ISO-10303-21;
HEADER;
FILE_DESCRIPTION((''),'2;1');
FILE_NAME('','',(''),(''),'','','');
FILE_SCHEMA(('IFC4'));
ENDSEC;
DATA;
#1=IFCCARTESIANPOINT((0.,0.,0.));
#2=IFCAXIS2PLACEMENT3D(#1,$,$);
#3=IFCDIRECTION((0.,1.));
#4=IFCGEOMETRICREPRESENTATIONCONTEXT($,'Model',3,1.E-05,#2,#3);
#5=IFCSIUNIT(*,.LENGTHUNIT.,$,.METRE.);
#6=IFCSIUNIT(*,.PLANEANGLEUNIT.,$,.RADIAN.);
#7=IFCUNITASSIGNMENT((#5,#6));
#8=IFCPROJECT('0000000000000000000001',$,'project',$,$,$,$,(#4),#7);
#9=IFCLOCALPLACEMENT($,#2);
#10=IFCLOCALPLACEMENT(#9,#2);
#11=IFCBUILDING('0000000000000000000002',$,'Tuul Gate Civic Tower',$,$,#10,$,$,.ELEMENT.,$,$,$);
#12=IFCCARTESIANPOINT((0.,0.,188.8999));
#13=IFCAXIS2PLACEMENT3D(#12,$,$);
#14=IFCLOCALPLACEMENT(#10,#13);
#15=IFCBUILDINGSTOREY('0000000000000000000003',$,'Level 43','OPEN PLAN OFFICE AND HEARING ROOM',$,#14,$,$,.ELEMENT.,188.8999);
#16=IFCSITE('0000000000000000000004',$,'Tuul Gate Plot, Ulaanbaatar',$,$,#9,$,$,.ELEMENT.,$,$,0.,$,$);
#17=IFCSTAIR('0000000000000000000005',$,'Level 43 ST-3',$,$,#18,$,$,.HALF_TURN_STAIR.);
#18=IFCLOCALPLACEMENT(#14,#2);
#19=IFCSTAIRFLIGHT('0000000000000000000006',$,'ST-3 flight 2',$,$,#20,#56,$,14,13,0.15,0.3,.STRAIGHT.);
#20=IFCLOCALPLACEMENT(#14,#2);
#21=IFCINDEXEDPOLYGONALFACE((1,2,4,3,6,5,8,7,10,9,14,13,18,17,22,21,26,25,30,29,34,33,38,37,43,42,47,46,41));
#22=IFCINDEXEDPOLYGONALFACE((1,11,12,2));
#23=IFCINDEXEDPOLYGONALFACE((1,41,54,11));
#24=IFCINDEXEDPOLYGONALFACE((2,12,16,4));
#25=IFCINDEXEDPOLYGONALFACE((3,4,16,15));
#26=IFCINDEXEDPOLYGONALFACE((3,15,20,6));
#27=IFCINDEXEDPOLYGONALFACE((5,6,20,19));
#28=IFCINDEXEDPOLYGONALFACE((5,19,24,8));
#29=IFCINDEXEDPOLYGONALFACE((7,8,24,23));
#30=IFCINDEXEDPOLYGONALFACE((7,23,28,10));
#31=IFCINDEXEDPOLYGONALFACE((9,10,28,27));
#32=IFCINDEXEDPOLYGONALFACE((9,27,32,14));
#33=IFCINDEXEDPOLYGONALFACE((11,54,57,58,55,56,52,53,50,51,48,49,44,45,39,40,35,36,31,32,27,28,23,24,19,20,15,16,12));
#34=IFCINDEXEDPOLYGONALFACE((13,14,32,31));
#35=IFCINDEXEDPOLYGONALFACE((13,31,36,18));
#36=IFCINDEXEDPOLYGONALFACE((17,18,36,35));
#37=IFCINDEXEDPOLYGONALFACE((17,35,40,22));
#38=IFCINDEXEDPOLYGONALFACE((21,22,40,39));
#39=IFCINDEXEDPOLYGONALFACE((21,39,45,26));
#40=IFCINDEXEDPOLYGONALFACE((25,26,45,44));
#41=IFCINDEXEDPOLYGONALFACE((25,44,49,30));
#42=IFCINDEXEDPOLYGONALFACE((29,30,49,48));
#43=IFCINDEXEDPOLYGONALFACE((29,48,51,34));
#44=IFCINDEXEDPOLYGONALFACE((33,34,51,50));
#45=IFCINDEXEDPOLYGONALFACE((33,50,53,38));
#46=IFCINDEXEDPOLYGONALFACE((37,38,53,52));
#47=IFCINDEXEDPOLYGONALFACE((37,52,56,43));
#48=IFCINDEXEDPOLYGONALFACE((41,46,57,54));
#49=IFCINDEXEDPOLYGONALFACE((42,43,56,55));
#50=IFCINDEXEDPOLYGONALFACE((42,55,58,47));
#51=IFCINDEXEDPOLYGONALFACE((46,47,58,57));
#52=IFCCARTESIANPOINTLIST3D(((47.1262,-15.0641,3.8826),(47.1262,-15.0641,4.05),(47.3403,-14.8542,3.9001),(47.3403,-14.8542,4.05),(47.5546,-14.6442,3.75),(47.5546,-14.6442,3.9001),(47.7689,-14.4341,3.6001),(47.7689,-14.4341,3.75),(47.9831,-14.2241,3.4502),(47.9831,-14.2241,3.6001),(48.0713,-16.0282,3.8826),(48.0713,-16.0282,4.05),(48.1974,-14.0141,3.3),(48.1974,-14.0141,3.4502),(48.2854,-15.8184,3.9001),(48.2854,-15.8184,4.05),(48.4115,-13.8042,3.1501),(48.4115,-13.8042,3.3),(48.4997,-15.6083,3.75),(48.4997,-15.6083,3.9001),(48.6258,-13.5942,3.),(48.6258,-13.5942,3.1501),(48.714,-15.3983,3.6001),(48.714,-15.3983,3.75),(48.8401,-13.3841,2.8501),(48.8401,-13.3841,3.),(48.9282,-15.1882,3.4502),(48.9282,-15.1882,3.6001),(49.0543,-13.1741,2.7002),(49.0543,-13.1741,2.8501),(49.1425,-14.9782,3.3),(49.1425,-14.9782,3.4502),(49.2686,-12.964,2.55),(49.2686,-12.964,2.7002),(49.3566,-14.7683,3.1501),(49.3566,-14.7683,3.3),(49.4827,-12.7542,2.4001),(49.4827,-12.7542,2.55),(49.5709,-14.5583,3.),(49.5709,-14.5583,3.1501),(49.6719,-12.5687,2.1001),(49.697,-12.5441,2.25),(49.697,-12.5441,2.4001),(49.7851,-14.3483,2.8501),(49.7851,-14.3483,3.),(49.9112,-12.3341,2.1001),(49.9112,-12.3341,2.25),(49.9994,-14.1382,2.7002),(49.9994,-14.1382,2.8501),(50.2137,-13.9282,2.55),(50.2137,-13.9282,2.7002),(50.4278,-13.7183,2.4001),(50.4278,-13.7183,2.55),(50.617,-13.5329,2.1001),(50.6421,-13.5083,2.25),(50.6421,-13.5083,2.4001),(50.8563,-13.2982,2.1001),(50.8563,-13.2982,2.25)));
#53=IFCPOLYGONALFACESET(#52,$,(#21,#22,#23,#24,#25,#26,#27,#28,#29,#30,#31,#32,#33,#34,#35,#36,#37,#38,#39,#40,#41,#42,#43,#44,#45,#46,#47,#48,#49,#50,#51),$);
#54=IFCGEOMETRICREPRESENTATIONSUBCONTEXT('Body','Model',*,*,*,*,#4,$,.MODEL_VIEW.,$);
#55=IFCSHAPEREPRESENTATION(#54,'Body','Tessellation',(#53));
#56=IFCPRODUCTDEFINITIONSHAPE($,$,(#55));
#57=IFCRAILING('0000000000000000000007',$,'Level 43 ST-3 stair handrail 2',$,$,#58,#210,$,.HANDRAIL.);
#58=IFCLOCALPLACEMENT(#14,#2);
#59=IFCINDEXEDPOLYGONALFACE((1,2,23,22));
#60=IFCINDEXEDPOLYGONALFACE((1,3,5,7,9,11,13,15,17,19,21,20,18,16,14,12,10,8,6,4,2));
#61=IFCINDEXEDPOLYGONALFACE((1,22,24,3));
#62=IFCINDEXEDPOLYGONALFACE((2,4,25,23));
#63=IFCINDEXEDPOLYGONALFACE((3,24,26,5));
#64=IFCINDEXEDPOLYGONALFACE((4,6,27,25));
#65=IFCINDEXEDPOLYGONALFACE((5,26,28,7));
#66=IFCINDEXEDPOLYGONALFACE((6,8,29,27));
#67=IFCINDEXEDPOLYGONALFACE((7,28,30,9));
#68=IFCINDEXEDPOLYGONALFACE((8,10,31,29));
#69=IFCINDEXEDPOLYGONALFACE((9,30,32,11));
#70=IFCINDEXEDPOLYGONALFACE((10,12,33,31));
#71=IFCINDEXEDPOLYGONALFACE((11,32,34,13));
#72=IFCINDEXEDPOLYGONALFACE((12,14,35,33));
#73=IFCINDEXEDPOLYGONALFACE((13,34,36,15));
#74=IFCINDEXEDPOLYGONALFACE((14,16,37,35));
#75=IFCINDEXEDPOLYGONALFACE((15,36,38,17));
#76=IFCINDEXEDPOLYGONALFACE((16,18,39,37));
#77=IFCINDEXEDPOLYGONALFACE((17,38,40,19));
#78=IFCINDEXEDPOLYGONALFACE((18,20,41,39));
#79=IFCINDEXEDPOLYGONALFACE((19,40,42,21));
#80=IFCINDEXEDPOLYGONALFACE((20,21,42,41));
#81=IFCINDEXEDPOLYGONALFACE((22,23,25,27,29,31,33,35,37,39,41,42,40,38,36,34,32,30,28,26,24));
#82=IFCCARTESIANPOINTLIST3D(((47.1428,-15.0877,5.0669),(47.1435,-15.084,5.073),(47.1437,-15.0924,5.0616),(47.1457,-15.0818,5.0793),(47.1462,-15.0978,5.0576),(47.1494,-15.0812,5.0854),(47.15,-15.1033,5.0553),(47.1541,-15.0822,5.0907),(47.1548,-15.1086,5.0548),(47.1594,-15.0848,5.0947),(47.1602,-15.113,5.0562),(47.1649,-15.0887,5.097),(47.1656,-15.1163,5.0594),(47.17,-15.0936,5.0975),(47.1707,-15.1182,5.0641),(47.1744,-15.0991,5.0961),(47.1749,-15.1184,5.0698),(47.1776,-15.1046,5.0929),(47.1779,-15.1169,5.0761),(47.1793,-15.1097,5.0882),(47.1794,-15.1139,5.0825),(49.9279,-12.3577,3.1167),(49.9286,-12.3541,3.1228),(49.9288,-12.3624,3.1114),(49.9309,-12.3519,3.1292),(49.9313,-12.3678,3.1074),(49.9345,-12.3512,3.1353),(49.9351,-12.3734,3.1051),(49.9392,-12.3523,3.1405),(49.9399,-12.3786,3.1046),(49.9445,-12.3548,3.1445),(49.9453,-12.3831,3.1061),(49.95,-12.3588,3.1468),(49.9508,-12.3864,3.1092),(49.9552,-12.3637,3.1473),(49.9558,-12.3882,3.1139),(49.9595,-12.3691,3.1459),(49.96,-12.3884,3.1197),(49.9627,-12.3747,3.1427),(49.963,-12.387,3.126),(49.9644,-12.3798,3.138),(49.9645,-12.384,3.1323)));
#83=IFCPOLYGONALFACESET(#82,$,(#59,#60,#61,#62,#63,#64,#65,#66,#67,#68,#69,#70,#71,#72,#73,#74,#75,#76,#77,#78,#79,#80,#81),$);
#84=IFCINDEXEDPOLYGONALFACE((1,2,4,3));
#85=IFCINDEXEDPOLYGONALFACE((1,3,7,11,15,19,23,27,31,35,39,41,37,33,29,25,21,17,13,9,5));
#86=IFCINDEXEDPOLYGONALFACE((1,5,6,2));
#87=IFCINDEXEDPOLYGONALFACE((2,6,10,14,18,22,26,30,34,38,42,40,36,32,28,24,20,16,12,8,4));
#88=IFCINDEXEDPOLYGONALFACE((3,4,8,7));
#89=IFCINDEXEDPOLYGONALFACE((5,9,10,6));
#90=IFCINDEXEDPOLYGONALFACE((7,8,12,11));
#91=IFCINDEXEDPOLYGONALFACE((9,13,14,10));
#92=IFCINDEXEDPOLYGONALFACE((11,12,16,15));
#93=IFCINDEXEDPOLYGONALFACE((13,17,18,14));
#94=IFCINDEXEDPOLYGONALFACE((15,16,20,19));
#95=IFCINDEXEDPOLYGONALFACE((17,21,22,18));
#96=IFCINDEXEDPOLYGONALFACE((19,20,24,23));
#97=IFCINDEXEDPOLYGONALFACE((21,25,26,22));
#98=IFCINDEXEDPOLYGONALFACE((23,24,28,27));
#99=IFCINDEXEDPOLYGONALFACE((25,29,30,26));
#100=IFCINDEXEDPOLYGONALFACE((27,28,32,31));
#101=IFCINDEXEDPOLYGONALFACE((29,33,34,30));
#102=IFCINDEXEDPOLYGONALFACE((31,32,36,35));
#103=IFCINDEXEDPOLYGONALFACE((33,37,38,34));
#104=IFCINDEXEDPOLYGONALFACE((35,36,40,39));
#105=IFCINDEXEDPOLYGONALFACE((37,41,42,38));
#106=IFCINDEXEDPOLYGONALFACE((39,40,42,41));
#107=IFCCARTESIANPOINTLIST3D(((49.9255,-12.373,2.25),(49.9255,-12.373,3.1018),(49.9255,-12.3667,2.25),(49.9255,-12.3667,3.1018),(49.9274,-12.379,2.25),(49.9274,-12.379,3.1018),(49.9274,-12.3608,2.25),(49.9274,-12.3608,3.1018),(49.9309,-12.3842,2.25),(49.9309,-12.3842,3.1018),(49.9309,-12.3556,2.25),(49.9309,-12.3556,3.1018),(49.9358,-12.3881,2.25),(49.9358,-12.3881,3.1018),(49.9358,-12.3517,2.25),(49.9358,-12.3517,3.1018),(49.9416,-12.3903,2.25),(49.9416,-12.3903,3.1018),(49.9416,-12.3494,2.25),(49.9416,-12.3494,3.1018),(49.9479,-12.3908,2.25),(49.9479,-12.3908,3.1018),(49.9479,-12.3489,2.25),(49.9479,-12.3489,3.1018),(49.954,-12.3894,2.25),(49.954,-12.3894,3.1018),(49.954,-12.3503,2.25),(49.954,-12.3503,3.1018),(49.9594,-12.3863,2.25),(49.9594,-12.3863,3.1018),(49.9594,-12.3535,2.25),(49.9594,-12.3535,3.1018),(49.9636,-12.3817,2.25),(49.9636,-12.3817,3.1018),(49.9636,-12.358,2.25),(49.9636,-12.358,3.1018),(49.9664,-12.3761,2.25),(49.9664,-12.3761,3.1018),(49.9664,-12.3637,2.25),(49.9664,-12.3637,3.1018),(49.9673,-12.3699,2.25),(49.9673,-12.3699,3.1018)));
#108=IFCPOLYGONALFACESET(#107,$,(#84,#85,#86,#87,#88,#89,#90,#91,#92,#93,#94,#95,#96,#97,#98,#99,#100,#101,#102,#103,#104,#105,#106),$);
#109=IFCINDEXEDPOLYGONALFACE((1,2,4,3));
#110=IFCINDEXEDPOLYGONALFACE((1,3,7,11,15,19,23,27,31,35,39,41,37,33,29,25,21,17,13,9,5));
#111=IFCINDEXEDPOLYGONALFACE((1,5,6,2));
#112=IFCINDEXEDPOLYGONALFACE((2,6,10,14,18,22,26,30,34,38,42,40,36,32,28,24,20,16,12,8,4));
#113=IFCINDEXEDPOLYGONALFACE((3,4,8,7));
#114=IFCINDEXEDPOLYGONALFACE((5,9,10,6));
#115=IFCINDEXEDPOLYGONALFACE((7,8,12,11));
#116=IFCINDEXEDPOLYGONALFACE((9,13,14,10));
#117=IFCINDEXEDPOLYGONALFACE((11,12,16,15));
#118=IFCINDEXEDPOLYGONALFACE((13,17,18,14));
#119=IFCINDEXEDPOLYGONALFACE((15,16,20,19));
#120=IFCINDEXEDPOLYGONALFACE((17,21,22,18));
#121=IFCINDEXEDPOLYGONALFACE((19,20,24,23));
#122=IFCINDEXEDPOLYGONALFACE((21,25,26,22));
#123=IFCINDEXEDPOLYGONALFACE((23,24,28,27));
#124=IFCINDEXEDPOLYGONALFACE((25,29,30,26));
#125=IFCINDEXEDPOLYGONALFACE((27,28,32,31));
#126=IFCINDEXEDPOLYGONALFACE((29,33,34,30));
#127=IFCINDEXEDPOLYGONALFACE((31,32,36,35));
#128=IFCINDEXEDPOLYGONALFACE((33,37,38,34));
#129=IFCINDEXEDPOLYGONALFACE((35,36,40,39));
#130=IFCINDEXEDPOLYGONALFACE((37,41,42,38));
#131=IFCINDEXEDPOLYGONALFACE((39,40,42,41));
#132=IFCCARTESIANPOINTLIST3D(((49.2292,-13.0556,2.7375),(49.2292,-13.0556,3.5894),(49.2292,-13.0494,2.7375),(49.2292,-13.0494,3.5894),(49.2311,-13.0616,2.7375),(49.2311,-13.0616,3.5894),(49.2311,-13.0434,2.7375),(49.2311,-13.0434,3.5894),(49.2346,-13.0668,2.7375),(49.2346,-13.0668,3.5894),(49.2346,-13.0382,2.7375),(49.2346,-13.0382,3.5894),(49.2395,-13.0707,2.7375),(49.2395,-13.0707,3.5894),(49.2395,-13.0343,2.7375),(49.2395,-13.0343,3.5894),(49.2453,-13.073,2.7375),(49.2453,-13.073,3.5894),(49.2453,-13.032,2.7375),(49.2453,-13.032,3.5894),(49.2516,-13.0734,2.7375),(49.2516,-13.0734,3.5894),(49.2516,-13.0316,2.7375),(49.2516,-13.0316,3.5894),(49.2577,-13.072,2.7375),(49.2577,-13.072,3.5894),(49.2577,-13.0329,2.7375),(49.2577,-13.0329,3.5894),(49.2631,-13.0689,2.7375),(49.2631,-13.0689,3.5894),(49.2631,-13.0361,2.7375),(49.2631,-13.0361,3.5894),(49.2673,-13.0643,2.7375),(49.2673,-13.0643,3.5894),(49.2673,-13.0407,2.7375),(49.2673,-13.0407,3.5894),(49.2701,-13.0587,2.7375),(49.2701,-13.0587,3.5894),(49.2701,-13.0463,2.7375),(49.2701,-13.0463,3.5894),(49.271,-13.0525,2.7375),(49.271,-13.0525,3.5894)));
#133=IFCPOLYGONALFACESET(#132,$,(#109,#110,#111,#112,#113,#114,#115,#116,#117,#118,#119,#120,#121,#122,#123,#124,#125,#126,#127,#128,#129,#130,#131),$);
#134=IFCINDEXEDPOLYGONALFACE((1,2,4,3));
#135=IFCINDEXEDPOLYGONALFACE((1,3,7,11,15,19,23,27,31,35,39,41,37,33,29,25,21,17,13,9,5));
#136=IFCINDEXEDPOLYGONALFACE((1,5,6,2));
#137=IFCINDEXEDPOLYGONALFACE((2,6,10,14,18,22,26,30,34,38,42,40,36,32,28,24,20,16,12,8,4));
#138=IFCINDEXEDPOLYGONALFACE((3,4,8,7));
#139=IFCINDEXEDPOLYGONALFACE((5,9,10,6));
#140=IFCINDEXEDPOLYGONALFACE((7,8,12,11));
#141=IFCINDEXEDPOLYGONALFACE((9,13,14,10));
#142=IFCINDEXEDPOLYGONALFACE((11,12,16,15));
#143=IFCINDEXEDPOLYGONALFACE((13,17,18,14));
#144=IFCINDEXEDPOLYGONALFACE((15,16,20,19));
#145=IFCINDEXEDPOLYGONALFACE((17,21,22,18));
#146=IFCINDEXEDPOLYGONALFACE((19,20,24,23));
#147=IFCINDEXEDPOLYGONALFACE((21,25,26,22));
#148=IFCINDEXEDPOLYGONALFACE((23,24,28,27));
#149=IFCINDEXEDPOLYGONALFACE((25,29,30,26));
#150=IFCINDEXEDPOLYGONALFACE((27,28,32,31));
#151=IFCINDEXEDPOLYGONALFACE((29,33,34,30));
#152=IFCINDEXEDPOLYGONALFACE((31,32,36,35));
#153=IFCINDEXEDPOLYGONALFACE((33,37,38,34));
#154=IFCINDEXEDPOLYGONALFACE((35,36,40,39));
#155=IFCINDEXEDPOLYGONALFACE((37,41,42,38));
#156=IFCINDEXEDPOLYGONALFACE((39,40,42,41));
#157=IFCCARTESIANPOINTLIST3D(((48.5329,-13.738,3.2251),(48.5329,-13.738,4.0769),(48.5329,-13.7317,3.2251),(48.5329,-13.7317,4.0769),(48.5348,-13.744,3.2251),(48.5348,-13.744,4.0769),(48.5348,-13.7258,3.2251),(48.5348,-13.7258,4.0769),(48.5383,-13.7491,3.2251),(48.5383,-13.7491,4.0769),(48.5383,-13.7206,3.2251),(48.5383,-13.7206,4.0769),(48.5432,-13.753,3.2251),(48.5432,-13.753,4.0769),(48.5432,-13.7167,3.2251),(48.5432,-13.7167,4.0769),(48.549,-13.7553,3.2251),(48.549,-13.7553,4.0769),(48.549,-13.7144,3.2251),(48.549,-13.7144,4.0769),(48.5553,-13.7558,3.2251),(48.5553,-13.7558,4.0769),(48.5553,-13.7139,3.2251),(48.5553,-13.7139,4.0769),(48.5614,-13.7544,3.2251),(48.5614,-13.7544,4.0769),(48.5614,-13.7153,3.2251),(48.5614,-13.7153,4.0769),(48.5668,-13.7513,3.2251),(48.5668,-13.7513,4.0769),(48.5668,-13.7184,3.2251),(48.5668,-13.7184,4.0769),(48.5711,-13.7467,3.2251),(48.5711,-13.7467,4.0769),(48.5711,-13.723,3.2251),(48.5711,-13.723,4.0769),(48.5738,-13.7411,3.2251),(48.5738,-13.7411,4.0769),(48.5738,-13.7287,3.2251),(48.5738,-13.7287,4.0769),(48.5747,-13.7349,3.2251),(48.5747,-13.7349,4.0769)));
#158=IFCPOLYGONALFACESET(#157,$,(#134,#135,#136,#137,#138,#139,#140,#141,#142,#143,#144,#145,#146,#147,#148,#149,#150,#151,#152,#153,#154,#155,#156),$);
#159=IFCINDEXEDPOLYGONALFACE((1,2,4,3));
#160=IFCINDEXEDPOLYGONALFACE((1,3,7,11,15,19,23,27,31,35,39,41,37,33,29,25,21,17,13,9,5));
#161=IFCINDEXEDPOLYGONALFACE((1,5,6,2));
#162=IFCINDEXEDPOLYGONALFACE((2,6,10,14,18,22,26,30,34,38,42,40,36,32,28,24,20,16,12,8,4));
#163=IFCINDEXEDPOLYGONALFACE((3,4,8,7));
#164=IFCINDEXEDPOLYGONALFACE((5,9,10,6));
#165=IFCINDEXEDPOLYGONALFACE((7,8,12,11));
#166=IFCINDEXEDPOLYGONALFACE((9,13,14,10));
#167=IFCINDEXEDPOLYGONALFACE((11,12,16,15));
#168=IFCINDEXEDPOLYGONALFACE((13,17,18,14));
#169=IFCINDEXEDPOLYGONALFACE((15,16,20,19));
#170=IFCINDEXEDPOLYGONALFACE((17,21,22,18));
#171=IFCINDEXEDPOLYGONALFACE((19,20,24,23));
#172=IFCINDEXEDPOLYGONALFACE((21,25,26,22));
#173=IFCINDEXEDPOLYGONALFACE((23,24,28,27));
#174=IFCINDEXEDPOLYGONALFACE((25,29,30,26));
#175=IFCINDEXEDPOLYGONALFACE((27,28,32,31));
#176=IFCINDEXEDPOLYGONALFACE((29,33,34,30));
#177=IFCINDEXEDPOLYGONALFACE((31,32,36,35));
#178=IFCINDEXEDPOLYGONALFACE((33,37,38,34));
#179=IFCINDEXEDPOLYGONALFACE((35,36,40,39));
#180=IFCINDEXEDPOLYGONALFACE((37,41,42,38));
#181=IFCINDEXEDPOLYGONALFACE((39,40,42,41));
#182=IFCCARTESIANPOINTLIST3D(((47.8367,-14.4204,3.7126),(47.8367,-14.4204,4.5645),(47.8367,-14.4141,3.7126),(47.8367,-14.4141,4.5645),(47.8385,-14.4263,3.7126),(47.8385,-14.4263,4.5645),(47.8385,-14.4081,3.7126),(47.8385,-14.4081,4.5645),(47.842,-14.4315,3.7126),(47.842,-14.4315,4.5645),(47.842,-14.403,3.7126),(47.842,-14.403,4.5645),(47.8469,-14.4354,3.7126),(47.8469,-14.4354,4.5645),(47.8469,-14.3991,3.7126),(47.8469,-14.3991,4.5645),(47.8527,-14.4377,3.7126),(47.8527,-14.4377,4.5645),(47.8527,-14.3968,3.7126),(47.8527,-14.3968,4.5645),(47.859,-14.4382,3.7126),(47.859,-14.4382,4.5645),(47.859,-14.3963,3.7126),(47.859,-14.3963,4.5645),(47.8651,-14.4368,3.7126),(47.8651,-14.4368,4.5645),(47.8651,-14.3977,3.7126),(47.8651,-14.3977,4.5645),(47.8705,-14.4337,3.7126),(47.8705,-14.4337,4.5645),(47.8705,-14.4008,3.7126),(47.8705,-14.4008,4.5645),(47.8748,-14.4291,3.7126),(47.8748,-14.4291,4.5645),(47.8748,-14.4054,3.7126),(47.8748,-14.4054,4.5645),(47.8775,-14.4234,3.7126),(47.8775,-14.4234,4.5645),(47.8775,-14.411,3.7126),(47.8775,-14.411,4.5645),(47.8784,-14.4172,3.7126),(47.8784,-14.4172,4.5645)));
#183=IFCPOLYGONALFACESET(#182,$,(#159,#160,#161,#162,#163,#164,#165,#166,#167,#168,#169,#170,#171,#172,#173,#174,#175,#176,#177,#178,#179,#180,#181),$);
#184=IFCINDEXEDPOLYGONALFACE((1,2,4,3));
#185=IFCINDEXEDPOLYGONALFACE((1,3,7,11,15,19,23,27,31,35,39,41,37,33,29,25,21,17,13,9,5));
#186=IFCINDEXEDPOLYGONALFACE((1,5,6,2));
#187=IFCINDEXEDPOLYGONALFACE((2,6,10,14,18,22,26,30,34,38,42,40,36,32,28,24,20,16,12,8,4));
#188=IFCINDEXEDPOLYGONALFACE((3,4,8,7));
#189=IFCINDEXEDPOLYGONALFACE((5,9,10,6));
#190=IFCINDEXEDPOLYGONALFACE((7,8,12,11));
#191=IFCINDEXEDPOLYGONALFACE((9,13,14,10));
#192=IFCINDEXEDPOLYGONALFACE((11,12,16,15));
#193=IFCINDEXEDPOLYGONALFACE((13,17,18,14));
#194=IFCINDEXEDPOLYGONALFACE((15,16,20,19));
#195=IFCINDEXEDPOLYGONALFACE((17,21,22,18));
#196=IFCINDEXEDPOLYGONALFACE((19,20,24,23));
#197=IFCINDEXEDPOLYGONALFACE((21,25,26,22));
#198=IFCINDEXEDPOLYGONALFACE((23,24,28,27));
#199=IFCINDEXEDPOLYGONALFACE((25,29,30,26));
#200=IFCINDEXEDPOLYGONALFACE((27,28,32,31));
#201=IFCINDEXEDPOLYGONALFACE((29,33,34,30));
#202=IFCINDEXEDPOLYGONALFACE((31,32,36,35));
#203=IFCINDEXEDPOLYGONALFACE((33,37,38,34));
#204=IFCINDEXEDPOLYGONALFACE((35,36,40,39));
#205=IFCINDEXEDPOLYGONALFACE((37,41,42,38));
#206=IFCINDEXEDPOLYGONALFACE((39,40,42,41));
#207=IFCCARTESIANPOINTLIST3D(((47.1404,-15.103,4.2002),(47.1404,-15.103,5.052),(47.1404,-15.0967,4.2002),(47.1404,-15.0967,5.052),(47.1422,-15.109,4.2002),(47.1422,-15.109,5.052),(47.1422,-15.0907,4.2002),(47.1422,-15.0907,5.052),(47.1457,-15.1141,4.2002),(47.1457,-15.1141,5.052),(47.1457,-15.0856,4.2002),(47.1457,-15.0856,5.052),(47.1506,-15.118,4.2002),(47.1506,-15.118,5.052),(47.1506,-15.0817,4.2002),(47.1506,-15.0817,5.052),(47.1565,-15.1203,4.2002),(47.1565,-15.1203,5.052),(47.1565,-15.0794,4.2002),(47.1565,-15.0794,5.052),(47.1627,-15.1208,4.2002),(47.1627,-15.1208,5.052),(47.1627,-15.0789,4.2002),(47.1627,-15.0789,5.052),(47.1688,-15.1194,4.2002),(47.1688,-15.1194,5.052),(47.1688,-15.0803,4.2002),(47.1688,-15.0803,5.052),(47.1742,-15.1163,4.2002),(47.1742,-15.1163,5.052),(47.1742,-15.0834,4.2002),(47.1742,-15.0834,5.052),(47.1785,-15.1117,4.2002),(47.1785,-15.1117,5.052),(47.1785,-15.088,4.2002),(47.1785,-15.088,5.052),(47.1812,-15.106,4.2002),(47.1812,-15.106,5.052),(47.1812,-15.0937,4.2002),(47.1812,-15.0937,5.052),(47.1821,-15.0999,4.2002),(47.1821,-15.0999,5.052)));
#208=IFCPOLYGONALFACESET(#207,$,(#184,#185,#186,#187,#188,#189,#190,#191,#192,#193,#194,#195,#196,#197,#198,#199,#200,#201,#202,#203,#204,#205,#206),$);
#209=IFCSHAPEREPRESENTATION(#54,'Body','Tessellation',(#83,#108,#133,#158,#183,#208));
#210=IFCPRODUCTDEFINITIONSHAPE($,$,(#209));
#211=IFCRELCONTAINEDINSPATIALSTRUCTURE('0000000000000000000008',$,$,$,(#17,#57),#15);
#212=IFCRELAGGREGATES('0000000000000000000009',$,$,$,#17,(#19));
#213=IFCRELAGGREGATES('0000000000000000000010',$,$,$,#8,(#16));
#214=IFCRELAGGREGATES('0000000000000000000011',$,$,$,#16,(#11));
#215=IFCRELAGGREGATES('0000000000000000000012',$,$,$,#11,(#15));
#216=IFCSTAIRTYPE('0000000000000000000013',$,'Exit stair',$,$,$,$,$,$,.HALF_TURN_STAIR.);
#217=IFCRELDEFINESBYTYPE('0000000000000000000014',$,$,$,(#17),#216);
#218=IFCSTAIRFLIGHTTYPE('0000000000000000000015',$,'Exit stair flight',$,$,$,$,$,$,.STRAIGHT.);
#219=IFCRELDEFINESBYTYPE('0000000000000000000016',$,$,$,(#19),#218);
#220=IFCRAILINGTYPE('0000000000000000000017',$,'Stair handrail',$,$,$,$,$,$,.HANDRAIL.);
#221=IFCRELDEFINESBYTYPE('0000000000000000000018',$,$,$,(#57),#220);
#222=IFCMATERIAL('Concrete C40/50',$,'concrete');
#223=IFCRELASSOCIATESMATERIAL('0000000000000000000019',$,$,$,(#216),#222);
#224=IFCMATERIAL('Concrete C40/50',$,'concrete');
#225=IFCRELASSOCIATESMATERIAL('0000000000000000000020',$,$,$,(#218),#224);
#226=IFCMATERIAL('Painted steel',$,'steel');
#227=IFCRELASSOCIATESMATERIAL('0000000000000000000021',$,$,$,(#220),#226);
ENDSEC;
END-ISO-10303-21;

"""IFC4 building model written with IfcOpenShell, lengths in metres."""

from ifc_helpers import new_model, si_unit, direction, frame, origin, origin_2d, place, context, subcontext, project, spatial, polyline, circle, outline, extrude, material, type_object, element, aggregate, save


model = new_model("IFC4")

# Units and contexts
model_context = context("Model", 3, precision=1e-05, world=origin(), true_north=direction((0.0, 1.0)))
body_context = subcontext(model_context, "Body", "Model", "MODEL_VIEW")
ifc_project = project(units=[si_unit("LENGTHUNIT", "METRE"), si_unit("PLANEANGLEUNIT", "RADIAN")], contexts=[model_context])

# Site, building, storey
site_placement = place(None, origin())
site = spatial("IfcSite", under=ifc_project, at=site_placement, Name="Tuul Gate Plot, Ulaanbaatar", CompositionType="ELEMENT", RefElevation=0.0)
building_placement = place(site_placement, origin())
building = spatial("IfcBuilding", under=site, at=building_placement, Name="Tuul Gate Civic Tower", CompositionType="ELEMENT")
storey_placement = place(building_placement, frame((0.0, 0.0, 188.8999)))
storey = spatial("IfcBuildingStorey", under=building, at=storey_placement, Name="Level 43", Description="OPEN PLAN OFFICE AND HEARING ROOM", CompositionType="ELEMENT", Elevation=188.8999)

# Stair, stair flight
ifc_material_1 = material(Name="Concrete C40/50", Category="concrete")
stair_type = type_object("IfcStairType", Name="Exit stair", PredefinedType="HALF_TURN_STAIR", material=ifc_material_1)
stair_placement = place(storey_placement, origin())
stair = element("IfcStair", 1, at=stair_placement, inside=storey, type_object=stair_type, Name="Level 43 ST-3", PredefinedType="HALF_TURN_STAIR")
ifc_material_2 = material(Name="Concrete C40/50", Category="concrete")
stair_flight_type = type_object("IfcStairFlightType", Name="Exit stair flight", PredefinedType="STRAIGHT", material=ifc_material_2)
stair_flight_placement = place(storey_placement, frame((50.3838, -12.8162, 2.1001), z_axis=(0.0, 0.0, 1.0), x_axis=(-0.714127, -0.700016, 0.0)))
stair_flight = element("IfcStairFlight", 2, at=stair_flight_placement, type_object=stair_flight_type, Name="ST-3 flight 2", NumberOfRisers=14, NumberOfTreads=13, PredefinedType="STRAIGHT", RiserHeight=0.15, TreadLength=0.3, context=body_context, shape_type="SweptSolid", body=[
    extrude(outline(polyline([(0.0, 0.0), (0.0, 0.1499), (0.3, 0.1499), (0.3, 0.3), (0.6001, 0.3), (0.6001, 0.45), (0.8999, 0.45), (0.8999, 0.6001), (1.2, 0.6001), (1.2, 0.75), (1.5, 0.75), (1.5, 0.8999), (1.8, 0.8999), (1.8, 1.05), (2.1001, 1.05), (2.1001, 1.2), (2.3999, 1.2), (2.3999, 1.3501), (2.7, 1.3501), (2.7, 1.5), (3.0, 1.5), (3.0, 1.6499), (3.3, 1.6499), (3.3, 1.8), (3.6001, 1.8), (3.6001, 1.95), (3.8999, 1.95), (3.8999, 2.1001), (3.8999, 1.7825), (0.3352, 0.0), (0.0, 0.0)])), frame((0.0, 0.675, 0.0), z_axis=(0.0, -1.0, 0.0), x_axis=(1.0, 0.0, 0.0)), (0.0, 0.0, 1.0), 1.3501),
])
aggregate(stair, [stair_flight])

# Railing
ifc_material_3 = material(Name="Painted steel", Category="steel")
railing_type_1 = type_object("IfcRailingType", Name="Stair handrail", PredefinedType="HANDRAIL", material=ifc_material_3)
railing_1_placement = place(storey_placement, frame((49.9463, -12.3699, 2.25)))
element("IfcRailing", 3, at=railing_1_placement, inside=storey, type_object=railing_type_1, Name="Level 43 ST-3 stair handrail 2", PredefinedType="HANDRAIL", context=body_context, shape_type="SweptSolid", body=[
    extrude(circle(Radius=0.0239, at=origin_2d()), frame((0.0, 0.0, 0.876), z_axis=(-0.638738, -0.626084, 0.447251), x_axis=(0.699998, -0.714145, 0.0)), (0.0, 0.0, 1.0), 4.3604),
    extrude(circle(Radius=0.021, at=origin_2d()), origin(), (0.0, 0.0, 1.0), 0.8518),
    extrude(circle(Radius=0.021, at=origin_2d()), frame((-0.6963, -0.6826, 0.4875)), (0.0, 0.0, 1.0), 0.8518),
    extrude(circle(Radius=0.021, at=origin_2d()), frame((-1.3926, -1.365, 0.9751)), (0.0, 0.0, 1.0), 0.8518),
    extrude(circle(Radius=0.021, at=origin_2d()), frame((-2.0889, -2.0474, 1.4626)), (0.0, 0.0, 1.0), 0.8518),
    extrude(circle(Radius=0.021, at=origin_2d()), frame((-2.7852, -2.73, 1.9502)), (0.0, 0.0, 1.0), 0.8518),
])

save(model, "model.ifc")
